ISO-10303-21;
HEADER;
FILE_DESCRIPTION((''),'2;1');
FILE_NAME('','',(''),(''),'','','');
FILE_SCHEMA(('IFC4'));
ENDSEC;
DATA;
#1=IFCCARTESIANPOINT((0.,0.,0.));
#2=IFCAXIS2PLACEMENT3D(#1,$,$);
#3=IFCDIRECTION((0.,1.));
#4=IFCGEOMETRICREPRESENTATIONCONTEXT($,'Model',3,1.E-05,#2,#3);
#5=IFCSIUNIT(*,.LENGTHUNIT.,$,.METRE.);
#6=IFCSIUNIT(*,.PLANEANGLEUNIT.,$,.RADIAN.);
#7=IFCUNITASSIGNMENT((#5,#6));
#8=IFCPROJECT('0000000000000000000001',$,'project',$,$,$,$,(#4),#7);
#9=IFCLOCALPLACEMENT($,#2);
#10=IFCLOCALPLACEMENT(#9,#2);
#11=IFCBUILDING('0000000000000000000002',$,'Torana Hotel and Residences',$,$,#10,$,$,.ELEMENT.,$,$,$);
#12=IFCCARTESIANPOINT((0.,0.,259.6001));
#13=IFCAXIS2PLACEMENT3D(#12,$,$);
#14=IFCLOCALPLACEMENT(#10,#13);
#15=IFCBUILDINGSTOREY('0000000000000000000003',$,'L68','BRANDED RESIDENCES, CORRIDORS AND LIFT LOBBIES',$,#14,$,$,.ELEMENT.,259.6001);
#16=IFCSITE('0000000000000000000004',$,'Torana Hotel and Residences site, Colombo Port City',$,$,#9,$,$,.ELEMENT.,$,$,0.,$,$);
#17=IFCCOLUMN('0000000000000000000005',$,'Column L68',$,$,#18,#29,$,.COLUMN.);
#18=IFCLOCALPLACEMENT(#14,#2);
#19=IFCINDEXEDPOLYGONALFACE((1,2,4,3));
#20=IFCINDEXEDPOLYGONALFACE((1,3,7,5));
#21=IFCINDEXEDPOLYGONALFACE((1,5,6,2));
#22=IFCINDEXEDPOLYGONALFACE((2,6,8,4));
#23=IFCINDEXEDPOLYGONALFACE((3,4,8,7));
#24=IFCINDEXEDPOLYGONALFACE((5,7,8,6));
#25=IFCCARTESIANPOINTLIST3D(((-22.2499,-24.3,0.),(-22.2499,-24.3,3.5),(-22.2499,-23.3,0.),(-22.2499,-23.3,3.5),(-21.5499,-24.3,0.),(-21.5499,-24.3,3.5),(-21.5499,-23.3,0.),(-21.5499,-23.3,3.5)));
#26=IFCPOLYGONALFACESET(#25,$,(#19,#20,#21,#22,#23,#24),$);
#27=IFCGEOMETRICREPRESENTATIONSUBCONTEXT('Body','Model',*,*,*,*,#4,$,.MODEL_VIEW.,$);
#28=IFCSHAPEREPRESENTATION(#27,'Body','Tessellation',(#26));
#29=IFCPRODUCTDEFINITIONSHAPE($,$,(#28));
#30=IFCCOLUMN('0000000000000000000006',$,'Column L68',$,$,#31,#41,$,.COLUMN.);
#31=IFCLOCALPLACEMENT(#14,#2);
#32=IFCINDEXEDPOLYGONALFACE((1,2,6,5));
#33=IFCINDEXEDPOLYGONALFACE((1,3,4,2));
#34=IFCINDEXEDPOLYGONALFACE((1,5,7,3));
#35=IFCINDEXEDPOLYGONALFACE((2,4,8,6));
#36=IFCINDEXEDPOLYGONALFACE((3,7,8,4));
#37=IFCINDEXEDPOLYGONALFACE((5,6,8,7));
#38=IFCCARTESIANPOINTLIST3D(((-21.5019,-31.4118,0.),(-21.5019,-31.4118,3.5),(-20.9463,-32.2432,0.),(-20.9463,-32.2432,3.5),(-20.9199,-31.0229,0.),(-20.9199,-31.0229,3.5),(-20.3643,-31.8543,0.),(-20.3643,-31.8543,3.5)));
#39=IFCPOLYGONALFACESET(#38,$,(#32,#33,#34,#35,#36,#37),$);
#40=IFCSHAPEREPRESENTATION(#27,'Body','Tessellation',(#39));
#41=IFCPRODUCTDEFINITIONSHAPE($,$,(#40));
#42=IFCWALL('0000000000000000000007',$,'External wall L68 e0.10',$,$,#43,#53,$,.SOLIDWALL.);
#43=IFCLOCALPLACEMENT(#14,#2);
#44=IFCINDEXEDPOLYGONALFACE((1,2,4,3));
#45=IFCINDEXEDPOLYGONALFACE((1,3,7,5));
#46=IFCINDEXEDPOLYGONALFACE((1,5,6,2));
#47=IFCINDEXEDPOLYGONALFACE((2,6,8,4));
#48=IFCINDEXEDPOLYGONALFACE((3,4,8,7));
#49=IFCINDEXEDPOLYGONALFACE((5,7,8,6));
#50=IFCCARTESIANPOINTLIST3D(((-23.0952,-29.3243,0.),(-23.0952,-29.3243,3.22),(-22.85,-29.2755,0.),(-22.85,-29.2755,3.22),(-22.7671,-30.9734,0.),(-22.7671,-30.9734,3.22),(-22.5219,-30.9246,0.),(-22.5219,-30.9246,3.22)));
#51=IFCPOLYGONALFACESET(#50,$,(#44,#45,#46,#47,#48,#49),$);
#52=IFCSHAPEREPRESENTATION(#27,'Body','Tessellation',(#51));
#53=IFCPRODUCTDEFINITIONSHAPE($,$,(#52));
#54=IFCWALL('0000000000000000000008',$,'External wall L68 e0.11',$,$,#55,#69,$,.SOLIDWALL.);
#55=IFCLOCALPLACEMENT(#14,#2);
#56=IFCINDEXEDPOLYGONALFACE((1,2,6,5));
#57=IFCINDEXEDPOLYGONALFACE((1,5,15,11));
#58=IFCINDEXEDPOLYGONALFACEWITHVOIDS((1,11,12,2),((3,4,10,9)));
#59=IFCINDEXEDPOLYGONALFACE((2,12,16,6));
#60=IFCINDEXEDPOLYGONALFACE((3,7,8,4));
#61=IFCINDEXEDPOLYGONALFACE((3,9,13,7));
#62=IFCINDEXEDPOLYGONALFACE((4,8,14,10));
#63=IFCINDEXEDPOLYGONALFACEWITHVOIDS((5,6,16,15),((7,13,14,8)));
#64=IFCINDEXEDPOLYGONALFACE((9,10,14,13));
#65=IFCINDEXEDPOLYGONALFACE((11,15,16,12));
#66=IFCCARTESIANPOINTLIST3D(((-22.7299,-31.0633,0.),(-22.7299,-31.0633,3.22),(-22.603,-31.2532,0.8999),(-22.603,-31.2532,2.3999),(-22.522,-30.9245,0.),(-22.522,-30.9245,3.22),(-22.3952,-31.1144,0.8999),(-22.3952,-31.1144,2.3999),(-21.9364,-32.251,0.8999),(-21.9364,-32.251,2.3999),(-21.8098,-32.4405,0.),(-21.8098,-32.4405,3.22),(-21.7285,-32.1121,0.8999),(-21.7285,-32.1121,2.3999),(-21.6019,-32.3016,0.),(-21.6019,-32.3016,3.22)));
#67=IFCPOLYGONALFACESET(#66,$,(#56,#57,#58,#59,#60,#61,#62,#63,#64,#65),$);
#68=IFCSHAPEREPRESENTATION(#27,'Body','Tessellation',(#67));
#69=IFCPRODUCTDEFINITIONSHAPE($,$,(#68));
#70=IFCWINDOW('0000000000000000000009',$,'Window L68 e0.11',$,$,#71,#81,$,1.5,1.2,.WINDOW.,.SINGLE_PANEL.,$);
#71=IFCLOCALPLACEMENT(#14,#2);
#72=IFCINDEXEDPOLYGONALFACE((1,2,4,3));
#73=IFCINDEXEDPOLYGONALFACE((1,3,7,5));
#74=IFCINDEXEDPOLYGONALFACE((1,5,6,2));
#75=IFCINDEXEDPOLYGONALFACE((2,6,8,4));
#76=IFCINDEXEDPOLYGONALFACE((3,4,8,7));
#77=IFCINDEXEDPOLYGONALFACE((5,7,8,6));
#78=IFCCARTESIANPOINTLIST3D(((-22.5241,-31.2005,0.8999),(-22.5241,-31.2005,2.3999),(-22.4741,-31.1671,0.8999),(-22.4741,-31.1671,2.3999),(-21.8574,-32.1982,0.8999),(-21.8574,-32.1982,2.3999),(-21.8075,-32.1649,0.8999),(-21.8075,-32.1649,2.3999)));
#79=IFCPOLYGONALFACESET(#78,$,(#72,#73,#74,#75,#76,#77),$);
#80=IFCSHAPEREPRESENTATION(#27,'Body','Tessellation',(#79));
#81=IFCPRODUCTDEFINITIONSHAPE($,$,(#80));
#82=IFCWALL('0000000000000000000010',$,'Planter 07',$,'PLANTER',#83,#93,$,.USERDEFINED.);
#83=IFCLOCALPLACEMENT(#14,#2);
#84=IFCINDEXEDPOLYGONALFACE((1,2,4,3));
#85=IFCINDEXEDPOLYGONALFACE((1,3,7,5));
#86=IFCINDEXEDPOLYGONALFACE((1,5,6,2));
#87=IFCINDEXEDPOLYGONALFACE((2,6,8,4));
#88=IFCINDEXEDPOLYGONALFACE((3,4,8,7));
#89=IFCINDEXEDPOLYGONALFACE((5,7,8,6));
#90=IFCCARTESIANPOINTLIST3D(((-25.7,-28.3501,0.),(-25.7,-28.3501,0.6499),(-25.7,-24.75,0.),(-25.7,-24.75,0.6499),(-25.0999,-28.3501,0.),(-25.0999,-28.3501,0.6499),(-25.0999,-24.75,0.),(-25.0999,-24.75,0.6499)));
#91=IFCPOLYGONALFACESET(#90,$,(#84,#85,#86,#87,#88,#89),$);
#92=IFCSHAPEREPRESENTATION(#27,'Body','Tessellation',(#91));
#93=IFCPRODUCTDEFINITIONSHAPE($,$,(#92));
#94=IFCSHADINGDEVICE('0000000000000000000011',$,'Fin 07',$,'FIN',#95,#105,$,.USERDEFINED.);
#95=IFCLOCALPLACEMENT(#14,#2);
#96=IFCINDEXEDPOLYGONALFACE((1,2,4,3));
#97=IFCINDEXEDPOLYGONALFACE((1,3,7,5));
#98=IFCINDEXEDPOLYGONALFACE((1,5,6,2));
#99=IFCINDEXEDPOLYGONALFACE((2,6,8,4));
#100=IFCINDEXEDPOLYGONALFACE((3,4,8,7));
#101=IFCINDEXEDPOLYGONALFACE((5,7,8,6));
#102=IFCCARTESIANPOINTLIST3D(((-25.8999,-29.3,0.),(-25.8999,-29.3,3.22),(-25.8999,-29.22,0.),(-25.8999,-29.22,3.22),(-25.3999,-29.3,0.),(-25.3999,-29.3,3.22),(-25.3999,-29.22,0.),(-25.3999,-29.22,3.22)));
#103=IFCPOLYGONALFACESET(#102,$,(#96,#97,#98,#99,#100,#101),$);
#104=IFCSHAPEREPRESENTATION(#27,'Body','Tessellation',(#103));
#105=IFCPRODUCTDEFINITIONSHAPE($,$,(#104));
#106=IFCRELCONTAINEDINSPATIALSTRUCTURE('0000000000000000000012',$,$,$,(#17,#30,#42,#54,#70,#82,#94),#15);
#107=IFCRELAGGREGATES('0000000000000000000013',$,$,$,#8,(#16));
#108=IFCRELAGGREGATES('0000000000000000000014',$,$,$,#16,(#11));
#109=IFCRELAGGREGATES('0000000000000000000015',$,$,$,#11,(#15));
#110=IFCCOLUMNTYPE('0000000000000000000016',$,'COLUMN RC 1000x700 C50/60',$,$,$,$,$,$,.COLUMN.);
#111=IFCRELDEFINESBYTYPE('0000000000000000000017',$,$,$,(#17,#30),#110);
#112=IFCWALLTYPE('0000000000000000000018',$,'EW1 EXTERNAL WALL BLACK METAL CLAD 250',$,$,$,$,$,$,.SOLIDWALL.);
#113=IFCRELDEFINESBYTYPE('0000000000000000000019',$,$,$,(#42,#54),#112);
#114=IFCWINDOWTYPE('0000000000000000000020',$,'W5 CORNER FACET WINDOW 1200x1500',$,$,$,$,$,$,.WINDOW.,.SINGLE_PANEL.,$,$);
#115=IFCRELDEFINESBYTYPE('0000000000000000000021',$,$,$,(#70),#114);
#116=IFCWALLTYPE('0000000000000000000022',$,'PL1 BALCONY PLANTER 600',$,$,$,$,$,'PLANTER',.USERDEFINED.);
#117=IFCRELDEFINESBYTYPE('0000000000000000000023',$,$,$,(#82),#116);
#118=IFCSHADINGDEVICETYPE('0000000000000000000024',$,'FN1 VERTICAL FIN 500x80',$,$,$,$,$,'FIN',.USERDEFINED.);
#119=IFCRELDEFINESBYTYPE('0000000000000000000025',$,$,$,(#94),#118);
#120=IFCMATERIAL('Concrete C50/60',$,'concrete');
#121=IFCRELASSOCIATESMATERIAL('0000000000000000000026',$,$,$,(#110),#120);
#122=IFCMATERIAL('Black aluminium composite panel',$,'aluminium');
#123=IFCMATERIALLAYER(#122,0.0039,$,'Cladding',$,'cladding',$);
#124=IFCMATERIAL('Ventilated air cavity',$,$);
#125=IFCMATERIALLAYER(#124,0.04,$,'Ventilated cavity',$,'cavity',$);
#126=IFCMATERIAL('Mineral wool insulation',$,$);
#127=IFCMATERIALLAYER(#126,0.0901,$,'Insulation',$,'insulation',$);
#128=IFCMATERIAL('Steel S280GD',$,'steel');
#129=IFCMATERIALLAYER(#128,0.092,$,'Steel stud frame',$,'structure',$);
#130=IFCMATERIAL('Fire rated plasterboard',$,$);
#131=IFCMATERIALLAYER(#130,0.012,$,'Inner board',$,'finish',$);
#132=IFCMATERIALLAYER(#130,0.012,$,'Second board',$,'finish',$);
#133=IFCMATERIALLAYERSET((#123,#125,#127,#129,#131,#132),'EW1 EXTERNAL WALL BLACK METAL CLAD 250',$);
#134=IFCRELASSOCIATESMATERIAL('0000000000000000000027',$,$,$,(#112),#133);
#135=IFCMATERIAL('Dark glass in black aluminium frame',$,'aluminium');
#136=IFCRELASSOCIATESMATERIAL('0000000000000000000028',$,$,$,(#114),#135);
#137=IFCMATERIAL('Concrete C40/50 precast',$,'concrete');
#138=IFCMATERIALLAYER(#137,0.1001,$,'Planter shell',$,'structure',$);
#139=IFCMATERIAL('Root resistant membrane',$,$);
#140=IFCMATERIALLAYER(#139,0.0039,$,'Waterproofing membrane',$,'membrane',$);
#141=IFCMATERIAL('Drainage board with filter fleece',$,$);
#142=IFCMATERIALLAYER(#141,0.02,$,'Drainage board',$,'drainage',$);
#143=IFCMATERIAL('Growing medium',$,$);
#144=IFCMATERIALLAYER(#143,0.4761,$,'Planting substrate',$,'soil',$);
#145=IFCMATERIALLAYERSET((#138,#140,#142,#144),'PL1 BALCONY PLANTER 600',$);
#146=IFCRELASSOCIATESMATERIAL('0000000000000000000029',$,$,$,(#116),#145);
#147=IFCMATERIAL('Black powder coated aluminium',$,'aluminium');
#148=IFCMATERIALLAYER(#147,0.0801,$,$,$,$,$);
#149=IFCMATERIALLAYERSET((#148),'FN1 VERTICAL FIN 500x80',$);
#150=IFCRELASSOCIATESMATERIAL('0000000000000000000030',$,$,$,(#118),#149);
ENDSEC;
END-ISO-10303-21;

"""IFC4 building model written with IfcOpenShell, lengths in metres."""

from ifc_helpers import new_model, si_unit, direction, frame, frame_2d, origin, origin_2d, place, context, subcontext, project, spatial, rectangle, extrude, material, layer, layer_set, material_profile, profile_set, type_object, element, fill, save


model = new_model("IFC4")

# Units and contexts
model_context = context("Model", 3, precision=1e-05, world=origin(), true_north=direction((0.0, 1.0)))
body_context = subcontext(model_context, "Body", "Model", "MODEL_VIEW")
ifc_project = project(units=[si_unit("LENGTHUNIT", "METRE"), si_unit("PLANEANGLEUNIT", "RADIAN")], contexts=[model_context])

# Site, building, storey
site_placement = place(None, origin())
site = spatial("IfcSite", under=ifc_project, at=site_placement, Name="Torana Hotel and Residences site, Colombo Port City", CompositionType="ELEMENT", RefElevation=0.0)
building_placement = place(site_placement, origin())
building = spatial("IfcBuilding", under=site, at=building_placement, Name="Torana Hotel and Residences", CompositionType="ELEMENT")
storey_placement = place(building_placement, frame((0.0, 0.0, 259.6001)))
storey = spatial("IfcBuildingStorey", under=building, at=storey_placement, Name="L68", Description="BRANDED RESIDENCES, CORRIDORS AND LIFT LOBBIES", CompositionType="ELEMENT", Elevation=259.6001)

# Columns
ifc_material_1 = material(Name="Concrete C50/60", Category="concrete")
ifc_material_profile = material_profile(ifc_material_1, rectangle(XDim=1.0, YDim=0.7, at=origin_2d()), Name="RC 1000x700")
ifc_profile_set = profile_set([ifc_material_profile], Name="Concrete C50/60")
column_type = type_object("IfcColumnType", Name="COLUMN RC 1000x700 C50/60", PredefinedType="COLUMN", material=ifc_profile_set)
for number, where, z_axis, x_axis, name in (
    (1, (-21.8999, -23.8, 0.0), (0.0, 0.0, 1.0), (0.0, 1.0, 0.0), "Column L68"),
    (2, (-20.9331, -31.6331, 0.0), (0.0, 0.0, 1.0), (-0.555585, 0.83146, 0.0), "Column L68"),
):
    element("IfcColumn", number, at=place(storey_placement, frame(where, z_axis=z_axis, x_axis=x_axis)), inside=storey, type_object=column_type, Name=name, PredefinedType="COLUMN", context=body_context, shape_type="SweptSolid", body=[
        extrude(rectangle(XDim=1.0, YDim=0.7, at=origin_2d()), origin(), (0.0, 0.0, 1.0), 3.5),
    ])

# Wall
ifc_material_2 = material(Name="Black aluminium composite panel", Category="aluminium")
ifc_layer_1 = layer(ifc_material_2, 0.0039, Name="Cladding", Category="cladding")
ifc_material_3 = material(Name="Ventilated air cavity")
ifc_layer_2 = layer(ifc_material_3, 0.04, Name="Ventilated cavity", Category="cavity")
ifc_material_4 = material(Name="Mineral wool insulation")
ifc_layer_3 = layer(ifc_material_4, 0.0901, Name="Insulation", Category="insulation")
ifc_material_5 = material(Name="Steel S280GD", Category="steel")
ifc_layer_4 = layer(ifc_material_5, 0.092, Name="Steel stud frame", Category="structure")
ifc_material_6 = material(Name="Fire rated plasterboard")
ifc_layer_5 = layer(ifc_material_6, 0.012, Name="Inner board", Category="finish")
ifc_layer_6 = layer(ifc_material_6, 0.012, Name="Second board", Category="finish")
ifc_layer_set_1 = layer_set([ifc_layer_1, ifc_layer_2, ifc_layer_3, ifc_layer_4, ifc_layer_5, ifc_layer_6], Name="EW1 EXTERNAL WALL BLACK METAL CLAD 250")
wall_type_1 = type_object("IfcWallType", Name="EW1 EXTERNAL WALL BLACK METAL CLAD 250", PredefinedType="SOLIDWALL", material=ifc_layer_set_1)
wall_1_placement = place(storey_placement, frame((-22.9727, -29.2998, 0.0), z_axis=(0.0, 0.0, 1.0), x_axis=(0.195139, -0.980776, 0.0)))
element("IfcWall", 3, at=wall_1_placement, inside=storey, type_object=wall_type_1, Name="External wall L68 e0.10", PredefinedType="SOLIDWALL", context=body_context, shape_type="SweptSolid", body=[
    extrude(rectangle(XDim=1.6814, YDim=0.25, at=frame_2d((0.8408, 0.0))), origin(), (0.0, 0.0, 1.0), 3.22),
])

# Wall, opening, window
wall_2_placement = place(storey_placement, frame((-22.626, -30.9939, 0.0), z_axis=(0.0, 0.0, 1.0), x_axis=(0.55555, -0.831483, 0.0)))
wall_2 = element("IfcWall", 4, at=wall_2_placement, inside=storey, type_object=wall_type_1, Name="External wall L68 e0.11", PredefinedType="SOLIDWALL", context=body_context, shape_type="SweptSolid", body=[
    extrude(rectangle(XDim=1.6562, YDim=0.25, at=frame_2d((0.8281, 0.0))), origin(), (0.0, 0.0, 1.0), 3.22),
])
opening_placement = place(wall_2_placement, frame((0.2283, 0.0, 0.8999)))
opening = element("IfcOpeningElement", 5, at=opening_placement, cuts=wall_2, PredefinedType="OPENING", context=body_context, shape_type="SweptSolid", body=[
    extrude(rectangle(XDim=1.2, YDim=1.5, at=frame_2d((0.6001, 0.75))), frame((0.0, 0.135, 0.0), z_axis=(0.0, -1.0, 0.0), x_axis=(1.0, 0.0, 0.0)), (0.0, 0.0, 1.0), 0.27),
])
ifc_material_7 = material(Name="Dark glass in black aluminium frame", Category="aluminium")
window_type = type_object("IfcWindowType", Name="W5 CORNER FACET WINDOW 1200x1500", PartitioningType="SINGLE_PANEL", PredefinedType="WINDOW", material=ifc_material_7)
window_placement = place(opening_placement, origin())
window = element("IfcWindow", 6, at=window_placement, inside=storey, type_object=window_type, Name="Window L68 e0.11", OverallHeight=1.5, OverallWidth=1.2, PartitioningType="SINGLE_PANEL", PredefinedType="WINDOW", context=body_context, shape_type="SweptSolid", body=[
    extrude(rectangle(XDim=1.2, YDim=1.5, at=frame_2d((0.6001, 0.75))), frame((0.0, 0.03, 0.0), z_axis=(0.0, -1.0, 0.0), x_axis=(1.0, 0.0, 0.0)), (0.0, 0.0, 1.0), 0.0601),
])
fill(opening, window)

# Wall
ifc_material_8 = material(Name="Concrete C40/50 precast", Category="concrete")
ifc_layer_7 = layer(ifc_material_8, 0.1001, Name="Planter shell", Category="structure")
ifc_material_9 = material(Name="Root resistant membrane")
ifc_layer_8 = layer(ifc_material_9, 0.0039, Name="Waterproofing membrane", Category="membrane")
ifc_material_10 = material(Name="Drainage board with filter fleece")
ifc_layer_9 = layer(ifc_material_10, 0.02, Name="Drainage board", Category="drainage")
ifc_material_11 = material(Name="Growing medium")
ifc_layer_10 = layer(ifc_material_11, 0.4761, Name="Planting substrate", Category="soil")
ifc_layer_set_2 = layer_set([ifc_layer_7, ifc_layer_8, ifc_layer_9, ifc_layer_10], Name="PL1 BALCONY PLANTER 600")
wall_type_2 = type_object("IfcWallType", Name="PL1 BALCONY PLANTER 600", ElementType="PLANTER", PredefinedType="USERDEFINED", material=ifc_layer_set_2)
wall_3_placement = place(storey_placement, frame((-25.3999, -28.3501, 0.0), z_axis=(0.0, 0.0, 1.0), x_axis=(0.0, 1.0, 0.0)))
element("IfcWall", 7, at=wall_3_placement, inside=storey, type_object=wall_type_2, Name="Planter 07", ObjectType="PLANTER", PredefinedType="USERDEFINED", context=body_context, shape_type="SweptSolid", body=[
    extrude(rectangle(XDim=3.6001, YDim=0.6001, at=frame_2d((1.8, 0.0))), origin(), (0.0, 0.0, 1.0), 0.6499),
])

# Shading device
ifc_material_12 = material(Name="Black powder coated aluminium", Category="aluminium")
ifc_layer_11 = layer(ifc_material_12, 0.0801)
ifc_layer_set_3 = layer_set([ifc_layer_11], Name="FN1 VERTICAL FIN 500x80")
shading_device_type = type_object("IfcShadingDeviceType", Name="FN1 VERTICAL FIN 500x80", ElementType="FIN", PredefinedType="USERDEFINED", material=ifc_layer_set_3)
shading_device_placement = place(storey_placement, frame((-25.6499, -29.26, 0.0), z_axis=(0.0, 0.0, 1.0), x_axis=(0.0, 1.0, 0.0)))
element("IfcShadingDevice", 8, at=shading_device_placement, inside=storey, type_object=shading_device_type, Name="Fin 07", ObjectType="FIN", PredefinedType="USERDEFINED", context=body_context, shape_type="SweptSolid", body=[
    extrude(rectangle(XDim=0.0801, YDim=0.5, at=origin_2d()), origin(), (0.0, 0.0, 1.0), 3.22),
])

save(model, "model.ifc")
